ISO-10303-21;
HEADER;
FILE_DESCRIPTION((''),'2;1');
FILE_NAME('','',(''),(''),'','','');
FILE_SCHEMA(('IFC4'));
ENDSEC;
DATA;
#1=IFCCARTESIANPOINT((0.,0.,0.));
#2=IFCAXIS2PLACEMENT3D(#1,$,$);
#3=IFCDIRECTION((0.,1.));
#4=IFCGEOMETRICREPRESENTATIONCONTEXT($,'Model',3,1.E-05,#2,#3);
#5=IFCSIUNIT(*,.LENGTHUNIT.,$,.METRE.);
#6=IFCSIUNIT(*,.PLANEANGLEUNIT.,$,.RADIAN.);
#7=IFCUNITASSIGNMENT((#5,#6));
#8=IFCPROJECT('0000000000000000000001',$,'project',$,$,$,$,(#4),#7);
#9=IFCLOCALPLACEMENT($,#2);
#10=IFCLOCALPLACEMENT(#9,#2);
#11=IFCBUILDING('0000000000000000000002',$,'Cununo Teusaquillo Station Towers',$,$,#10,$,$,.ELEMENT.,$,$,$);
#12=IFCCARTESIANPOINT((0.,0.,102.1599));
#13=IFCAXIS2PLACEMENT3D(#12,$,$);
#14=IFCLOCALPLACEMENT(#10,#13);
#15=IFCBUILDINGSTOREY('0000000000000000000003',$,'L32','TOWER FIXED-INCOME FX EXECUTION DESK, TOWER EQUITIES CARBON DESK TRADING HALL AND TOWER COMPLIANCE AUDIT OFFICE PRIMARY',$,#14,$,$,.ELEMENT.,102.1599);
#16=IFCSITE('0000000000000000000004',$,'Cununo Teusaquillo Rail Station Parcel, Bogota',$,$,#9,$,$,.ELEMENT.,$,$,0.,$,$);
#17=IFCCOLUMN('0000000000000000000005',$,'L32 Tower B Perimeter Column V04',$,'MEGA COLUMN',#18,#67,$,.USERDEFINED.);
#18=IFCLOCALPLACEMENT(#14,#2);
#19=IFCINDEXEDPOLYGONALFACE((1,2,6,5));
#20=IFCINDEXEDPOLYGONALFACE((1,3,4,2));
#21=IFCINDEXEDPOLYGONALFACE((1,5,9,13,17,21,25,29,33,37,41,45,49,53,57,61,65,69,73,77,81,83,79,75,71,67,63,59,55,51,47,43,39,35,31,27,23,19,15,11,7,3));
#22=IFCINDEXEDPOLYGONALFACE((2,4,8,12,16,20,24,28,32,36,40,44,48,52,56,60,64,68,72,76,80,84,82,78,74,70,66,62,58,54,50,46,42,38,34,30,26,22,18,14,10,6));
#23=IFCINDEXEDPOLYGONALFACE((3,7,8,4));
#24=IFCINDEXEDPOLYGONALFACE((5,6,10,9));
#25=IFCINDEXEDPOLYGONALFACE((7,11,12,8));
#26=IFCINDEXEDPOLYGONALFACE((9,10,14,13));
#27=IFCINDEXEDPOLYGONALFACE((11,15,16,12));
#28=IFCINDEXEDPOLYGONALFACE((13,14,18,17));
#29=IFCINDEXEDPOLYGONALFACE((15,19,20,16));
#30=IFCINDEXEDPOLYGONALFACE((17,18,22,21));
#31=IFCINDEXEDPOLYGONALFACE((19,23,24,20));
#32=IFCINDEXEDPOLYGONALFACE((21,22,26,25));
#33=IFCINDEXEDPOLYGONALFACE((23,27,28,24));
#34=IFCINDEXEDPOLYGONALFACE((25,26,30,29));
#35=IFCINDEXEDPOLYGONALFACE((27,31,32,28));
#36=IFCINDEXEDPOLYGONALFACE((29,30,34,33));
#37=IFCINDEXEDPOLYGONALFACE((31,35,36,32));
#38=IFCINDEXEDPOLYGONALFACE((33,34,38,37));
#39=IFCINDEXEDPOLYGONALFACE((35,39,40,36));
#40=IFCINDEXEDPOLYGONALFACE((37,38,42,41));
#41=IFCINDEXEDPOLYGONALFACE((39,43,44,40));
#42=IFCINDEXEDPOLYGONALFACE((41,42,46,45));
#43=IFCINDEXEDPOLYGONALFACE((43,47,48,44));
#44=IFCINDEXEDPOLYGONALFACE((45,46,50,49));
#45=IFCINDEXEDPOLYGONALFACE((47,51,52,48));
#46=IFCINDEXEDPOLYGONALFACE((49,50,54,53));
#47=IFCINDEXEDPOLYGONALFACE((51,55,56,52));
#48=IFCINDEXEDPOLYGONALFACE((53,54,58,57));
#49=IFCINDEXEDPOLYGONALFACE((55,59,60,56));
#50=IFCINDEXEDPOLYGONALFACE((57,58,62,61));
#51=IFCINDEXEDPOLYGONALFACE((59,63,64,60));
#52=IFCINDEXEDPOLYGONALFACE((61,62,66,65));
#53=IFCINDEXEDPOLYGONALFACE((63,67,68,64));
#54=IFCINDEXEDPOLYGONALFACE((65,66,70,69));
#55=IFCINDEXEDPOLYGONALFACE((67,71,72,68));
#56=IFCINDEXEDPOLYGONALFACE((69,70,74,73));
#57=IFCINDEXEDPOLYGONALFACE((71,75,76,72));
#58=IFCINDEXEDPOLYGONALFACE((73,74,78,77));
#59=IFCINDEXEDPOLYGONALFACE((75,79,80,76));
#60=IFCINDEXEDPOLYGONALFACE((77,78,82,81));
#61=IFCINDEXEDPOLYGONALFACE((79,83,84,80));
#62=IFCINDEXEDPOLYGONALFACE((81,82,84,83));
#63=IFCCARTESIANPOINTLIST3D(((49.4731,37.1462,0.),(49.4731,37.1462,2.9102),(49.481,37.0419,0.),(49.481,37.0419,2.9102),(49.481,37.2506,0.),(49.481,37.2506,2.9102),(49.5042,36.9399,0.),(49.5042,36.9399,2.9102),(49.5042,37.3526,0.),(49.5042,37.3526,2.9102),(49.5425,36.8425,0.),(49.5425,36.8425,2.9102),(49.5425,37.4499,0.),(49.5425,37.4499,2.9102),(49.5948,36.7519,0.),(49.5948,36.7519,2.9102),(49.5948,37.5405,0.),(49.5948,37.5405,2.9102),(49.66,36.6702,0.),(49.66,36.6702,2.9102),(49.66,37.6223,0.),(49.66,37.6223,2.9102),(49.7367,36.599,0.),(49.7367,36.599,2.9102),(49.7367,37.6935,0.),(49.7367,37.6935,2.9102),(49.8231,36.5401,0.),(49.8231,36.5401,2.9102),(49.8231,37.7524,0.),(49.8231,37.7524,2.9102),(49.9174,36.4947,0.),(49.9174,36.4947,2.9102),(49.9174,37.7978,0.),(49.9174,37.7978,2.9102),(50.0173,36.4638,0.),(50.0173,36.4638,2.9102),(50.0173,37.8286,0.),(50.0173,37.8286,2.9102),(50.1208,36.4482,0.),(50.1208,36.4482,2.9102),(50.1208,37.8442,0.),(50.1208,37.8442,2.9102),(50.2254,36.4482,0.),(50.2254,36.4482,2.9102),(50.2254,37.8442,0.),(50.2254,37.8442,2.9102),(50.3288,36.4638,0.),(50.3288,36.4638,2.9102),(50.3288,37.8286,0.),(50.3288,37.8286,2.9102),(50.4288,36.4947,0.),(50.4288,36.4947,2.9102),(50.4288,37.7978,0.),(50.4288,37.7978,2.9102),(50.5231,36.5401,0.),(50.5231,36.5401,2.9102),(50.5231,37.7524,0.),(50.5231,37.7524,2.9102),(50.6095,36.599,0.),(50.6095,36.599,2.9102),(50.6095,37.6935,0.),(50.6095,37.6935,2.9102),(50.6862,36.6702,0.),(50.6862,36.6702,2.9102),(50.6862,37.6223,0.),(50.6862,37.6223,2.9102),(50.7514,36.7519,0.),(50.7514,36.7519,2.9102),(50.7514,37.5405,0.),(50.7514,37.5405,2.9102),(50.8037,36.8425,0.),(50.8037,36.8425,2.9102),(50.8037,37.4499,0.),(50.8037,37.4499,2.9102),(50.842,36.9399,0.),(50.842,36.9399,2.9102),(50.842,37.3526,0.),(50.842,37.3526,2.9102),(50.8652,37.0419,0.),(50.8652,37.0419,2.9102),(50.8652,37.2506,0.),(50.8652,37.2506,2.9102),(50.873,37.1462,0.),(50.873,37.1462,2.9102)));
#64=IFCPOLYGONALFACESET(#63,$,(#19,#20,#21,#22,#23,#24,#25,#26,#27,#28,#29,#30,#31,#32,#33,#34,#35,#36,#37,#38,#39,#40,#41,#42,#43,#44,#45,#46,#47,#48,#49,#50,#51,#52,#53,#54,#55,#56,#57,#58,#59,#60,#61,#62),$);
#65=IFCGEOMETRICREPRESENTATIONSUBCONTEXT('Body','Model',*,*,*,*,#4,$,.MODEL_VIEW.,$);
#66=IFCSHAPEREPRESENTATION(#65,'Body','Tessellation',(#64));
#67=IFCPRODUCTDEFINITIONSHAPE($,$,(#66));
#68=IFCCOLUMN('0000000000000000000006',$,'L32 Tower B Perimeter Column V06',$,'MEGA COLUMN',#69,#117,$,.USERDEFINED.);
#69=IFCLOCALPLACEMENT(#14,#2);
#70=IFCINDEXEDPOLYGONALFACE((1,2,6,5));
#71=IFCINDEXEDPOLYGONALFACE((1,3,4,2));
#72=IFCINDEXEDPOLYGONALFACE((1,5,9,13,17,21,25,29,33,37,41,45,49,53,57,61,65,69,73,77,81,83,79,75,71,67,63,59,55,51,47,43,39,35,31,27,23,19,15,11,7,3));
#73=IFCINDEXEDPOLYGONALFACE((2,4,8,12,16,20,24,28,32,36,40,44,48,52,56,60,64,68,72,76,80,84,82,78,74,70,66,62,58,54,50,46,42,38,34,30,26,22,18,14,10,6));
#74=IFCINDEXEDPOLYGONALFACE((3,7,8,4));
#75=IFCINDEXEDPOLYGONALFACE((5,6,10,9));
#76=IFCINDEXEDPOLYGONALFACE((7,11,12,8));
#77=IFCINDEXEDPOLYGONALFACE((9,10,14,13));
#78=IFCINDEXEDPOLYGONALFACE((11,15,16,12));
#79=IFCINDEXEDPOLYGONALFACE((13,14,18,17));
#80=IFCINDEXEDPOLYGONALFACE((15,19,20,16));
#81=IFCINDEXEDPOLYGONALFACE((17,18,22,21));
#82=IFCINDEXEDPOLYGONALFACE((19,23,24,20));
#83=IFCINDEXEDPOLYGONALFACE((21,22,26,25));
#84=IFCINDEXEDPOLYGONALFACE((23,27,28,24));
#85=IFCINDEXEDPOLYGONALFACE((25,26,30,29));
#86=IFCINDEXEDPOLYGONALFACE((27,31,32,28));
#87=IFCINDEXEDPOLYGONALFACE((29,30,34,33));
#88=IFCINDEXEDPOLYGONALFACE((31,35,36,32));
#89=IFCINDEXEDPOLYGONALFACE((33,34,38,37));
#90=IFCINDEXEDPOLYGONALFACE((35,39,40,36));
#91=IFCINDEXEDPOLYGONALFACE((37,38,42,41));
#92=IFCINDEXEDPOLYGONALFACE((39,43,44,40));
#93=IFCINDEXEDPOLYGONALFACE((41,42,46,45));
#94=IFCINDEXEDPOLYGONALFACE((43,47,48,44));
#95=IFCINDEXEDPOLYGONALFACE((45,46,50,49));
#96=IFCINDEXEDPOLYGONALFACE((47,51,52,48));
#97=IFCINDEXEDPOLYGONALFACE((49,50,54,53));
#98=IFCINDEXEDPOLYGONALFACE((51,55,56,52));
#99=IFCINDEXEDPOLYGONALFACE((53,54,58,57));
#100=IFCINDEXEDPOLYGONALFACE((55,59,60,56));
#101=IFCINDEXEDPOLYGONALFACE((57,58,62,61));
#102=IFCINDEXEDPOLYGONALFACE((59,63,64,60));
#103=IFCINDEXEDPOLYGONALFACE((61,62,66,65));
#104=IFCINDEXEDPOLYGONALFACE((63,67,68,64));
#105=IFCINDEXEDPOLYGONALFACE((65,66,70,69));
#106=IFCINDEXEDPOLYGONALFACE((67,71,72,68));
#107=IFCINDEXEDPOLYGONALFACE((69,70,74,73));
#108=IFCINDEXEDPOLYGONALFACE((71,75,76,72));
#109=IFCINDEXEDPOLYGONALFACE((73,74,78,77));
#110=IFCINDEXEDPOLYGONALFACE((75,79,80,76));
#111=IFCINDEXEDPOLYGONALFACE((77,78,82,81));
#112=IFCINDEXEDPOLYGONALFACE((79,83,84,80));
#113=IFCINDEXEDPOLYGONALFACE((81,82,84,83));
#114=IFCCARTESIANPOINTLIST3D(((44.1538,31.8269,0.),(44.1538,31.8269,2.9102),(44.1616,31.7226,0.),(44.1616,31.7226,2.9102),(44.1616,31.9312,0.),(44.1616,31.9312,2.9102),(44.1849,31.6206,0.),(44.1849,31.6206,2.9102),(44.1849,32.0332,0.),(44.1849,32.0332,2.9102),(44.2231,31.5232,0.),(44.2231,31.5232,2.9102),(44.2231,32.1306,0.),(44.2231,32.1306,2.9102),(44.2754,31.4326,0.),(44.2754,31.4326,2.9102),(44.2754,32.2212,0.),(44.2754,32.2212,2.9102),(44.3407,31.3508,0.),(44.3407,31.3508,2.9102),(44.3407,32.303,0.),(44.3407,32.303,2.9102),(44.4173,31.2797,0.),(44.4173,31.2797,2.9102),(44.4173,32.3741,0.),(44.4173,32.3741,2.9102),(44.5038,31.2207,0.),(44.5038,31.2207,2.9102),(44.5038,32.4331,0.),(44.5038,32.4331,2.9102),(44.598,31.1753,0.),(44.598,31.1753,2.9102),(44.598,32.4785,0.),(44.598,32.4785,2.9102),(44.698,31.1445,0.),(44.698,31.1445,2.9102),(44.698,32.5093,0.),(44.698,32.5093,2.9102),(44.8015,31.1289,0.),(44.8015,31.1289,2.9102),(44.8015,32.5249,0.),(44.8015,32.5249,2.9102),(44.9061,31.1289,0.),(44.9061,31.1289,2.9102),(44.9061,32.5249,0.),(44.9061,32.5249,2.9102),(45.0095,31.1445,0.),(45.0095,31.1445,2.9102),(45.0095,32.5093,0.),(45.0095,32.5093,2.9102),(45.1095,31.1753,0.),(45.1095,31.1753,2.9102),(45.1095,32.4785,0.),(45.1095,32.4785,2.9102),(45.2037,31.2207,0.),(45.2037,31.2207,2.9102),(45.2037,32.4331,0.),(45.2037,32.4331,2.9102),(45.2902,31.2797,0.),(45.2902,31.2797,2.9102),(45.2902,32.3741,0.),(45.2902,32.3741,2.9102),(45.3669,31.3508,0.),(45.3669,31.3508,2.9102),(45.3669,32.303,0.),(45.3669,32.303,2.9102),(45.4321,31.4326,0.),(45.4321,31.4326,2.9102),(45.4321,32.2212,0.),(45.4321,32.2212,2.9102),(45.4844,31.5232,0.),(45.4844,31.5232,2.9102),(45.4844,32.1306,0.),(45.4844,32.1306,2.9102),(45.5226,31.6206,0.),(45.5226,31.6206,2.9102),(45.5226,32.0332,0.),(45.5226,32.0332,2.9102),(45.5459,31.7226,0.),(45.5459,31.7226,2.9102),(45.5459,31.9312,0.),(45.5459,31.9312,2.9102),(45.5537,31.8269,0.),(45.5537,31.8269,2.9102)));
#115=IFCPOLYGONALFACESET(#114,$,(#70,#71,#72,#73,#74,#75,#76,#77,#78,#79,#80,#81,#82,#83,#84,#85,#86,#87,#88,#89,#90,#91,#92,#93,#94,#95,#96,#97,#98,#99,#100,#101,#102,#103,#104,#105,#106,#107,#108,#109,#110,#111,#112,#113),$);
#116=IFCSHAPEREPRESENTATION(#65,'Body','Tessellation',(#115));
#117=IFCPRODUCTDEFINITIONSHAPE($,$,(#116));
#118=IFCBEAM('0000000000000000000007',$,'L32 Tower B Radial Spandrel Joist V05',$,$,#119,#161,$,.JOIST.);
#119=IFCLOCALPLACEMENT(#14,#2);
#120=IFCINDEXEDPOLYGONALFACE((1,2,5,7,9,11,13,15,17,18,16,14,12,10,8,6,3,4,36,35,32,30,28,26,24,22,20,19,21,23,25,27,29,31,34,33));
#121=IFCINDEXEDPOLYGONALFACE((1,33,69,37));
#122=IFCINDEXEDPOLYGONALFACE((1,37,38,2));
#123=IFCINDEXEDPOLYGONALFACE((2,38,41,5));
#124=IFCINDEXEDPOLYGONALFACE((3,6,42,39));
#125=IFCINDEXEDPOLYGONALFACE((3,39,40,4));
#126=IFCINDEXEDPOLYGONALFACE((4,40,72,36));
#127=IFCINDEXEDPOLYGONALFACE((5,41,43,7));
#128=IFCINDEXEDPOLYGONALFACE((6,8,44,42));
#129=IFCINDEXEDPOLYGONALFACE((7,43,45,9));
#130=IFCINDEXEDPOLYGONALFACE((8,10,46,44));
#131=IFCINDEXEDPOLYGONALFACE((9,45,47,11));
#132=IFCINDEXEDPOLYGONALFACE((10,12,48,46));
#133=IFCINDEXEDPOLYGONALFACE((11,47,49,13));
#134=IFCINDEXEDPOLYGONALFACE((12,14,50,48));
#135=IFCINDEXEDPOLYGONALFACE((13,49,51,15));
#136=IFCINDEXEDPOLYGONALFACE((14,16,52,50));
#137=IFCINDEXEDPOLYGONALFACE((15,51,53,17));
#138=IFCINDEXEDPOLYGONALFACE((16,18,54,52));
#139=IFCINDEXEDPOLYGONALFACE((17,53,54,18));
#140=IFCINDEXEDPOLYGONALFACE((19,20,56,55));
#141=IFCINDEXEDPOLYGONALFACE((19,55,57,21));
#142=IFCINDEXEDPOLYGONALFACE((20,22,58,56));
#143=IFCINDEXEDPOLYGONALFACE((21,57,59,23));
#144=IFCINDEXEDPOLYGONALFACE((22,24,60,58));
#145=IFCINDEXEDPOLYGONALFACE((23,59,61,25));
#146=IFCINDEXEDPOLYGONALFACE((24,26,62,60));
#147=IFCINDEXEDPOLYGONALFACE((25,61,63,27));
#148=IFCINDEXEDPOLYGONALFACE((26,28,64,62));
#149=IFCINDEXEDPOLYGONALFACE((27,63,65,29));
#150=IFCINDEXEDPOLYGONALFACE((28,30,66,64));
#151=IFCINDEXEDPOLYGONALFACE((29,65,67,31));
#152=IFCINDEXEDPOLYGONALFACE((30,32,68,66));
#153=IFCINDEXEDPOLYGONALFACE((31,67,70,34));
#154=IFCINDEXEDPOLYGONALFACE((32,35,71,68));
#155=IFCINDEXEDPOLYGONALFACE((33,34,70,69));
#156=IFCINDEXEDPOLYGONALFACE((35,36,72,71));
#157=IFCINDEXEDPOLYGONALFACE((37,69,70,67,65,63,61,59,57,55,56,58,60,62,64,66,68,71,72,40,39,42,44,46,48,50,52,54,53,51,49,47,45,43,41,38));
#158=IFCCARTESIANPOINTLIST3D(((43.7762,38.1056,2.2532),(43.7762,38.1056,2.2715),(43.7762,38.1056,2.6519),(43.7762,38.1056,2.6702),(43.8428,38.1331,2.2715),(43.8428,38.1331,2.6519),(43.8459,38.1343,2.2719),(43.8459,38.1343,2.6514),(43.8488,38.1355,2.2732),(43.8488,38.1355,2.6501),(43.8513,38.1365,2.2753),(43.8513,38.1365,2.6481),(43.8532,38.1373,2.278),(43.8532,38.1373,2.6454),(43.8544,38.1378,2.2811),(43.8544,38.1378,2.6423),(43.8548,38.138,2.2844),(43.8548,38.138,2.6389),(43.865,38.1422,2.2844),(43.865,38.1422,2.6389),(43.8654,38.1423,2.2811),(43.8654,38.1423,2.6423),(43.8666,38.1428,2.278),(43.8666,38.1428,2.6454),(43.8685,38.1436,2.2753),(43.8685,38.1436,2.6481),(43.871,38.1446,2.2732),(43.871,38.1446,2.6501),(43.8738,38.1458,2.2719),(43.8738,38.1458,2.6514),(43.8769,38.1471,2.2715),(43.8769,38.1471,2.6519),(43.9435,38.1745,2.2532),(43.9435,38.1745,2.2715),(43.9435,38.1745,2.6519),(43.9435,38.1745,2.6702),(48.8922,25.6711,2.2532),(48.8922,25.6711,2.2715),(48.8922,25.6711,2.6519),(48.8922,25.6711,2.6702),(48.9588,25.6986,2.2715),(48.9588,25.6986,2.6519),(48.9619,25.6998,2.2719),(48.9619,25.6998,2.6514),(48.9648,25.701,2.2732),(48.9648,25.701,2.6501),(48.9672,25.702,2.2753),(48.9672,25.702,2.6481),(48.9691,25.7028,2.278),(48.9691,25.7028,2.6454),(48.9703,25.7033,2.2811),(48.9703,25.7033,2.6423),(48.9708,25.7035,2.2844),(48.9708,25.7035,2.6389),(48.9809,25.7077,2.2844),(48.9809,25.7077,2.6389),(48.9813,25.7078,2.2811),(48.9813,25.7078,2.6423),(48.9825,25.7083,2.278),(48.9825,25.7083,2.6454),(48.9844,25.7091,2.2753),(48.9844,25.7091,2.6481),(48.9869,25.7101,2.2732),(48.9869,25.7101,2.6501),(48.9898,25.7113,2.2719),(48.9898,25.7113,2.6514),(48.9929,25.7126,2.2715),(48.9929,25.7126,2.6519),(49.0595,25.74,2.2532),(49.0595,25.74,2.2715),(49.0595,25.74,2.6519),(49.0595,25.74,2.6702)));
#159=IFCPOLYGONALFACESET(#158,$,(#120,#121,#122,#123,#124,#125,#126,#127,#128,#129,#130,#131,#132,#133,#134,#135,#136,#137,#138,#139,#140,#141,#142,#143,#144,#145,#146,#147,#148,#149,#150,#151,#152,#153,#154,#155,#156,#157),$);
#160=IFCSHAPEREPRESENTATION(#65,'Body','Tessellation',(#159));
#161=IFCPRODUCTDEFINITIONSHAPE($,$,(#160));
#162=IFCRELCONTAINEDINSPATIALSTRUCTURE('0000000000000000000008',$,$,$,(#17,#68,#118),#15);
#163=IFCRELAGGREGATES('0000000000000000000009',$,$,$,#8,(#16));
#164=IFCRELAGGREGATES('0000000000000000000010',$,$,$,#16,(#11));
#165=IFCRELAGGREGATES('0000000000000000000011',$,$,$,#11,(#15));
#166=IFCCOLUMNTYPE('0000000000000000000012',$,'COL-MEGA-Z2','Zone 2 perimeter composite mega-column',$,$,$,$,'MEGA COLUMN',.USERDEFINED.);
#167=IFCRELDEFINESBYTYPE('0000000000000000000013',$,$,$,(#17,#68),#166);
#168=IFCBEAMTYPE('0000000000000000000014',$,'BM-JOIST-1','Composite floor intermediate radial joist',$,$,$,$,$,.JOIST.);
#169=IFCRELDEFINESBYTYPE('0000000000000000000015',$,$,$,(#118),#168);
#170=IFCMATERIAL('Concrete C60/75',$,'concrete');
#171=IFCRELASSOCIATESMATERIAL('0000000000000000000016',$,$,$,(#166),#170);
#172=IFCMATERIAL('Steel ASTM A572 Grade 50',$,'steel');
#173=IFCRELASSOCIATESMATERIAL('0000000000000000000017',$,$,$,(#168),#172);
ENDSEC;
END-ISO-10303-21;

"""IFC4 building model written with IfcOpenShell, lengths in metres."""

from ifc_helpers import new_model, si_unit, direction, frame, origin, origin_2d, place, context, subcontext, project, spatial, circle, i_section, extrude, material, material_profile, profile_set, type_object, element, save


model = new_model("IFC4")

# Units and contexts
model_context = context("Model", 3, precision=1e-05, world=origin(), true_north=direction((0.0, 1.0)))
body_context = subcontext(model_context, "Body", "Model", "MODEL_VIEW")
ifc_project = project(units=[si_unit("LENGTHUNIT", "METRE"), si_unit("PLANEANGLEUNIT", "RADIAN")], contexts=[model_context])

# Site, building, storey
site_placement = place(None, origin())
site = spatial("IfcSite", under=ifc_project, at=site_placement, Name="Cununo Teusaquillo Rail Station Parcel, Bogota", CompositionType="ELEMENT", RefElevation=0.0)
building_placement = place(site_placement, origin())
building = spatial("IfcBuilding", under=site, at=building_placement, Name="Cununo Teusaquillo Station Towers", CompositionType="ELEMENT")
storey_placement = place(building_placement, frame((0.0, 0.0, 102.1599)))
storey = spatial("IfcBuildingStorey", under=building, at=storey_placement, Name="L32", Description="TOWER FIXED-INCOME FX EXECUTION DESK, TOWER EQUITIES CARBON DESK TRADING HALL AND TOWER COMPLIANCE AUDIT OFFICE PRIMARY", CompositionType="ELEMENT", Elevation=102.1599)

# Columns
ifc_material_1 = material(Name="Concrete C60/75", Category="concrete")
ifc_material_profile_1 = material_profile(ifc_material_1, circle(Radius=0.7, at=origin_2d()), Name="RC-CIRC-1400")
ifc_profile_set_1 = profile_set([ifc_material_profile_1], Name="Concrete C60/75")
column_type = type_object("IfcColumnType", Name="COL-MEGA-Z2", Description="Zone 2 perimeter composite mega-column", ElementType="MEGA COLUMN", PredefinedType="USERDEFINED", material=ifc_profile_set_1)
for number, where, z_axis, x_axis, name in (
    (1, (50.1731, 37.1462, 0.0), (0.0, 0.0, 1.0), (1.0, 0.0, 0.0), "L32 Tower B Perimeter Column V04"),
    (2, (44.8538, 31.8269, 0.0), (0.0, 0.0, 1.0), (1.0, 0.0, 0.0), "L32 Tower B Perimeter Column V06"),
):
    element("IfcColumn", number, at=place(storey_placement, frame(where, z_axis=z_axis, x_axis=x_axis)), inside=storey, type_object=column_type, Name=name, ObjectType="MEGA COLUMN", PredefinedType="USERDEFINED", context=body_context, shape_type="SweptSolid", body=[
        extrude(circle(Radius=0.7, at=origin_2d()), origin(), (0.0, 0.0, 1.0), 2.9102),
    ])

# Beam
ifc_material_2 = material(Name="Steel ASTM A572 Grade 50", Category="steel")
ifc_material_profile_2 = material_profile(ifc_material_2, i_section(OverallWidth=0.1809, OverallDepth=0.417, WebThickness=0.011, FlangeThickness=0.0183, FilletRadius=0.0129, at=origin_2d()), Name="W16X57")
ifc_profile_set_2 = profile_set([ifc_material_profile_2], Name="Steel ASTM A572 Grade 50")
beam_type_1 = type_object("IfcBeamType", Name="BM-JOIST-1", Description="Composite floor intermediate radial joist", PredefinedType="JOIST", material=ifc_profile_set_2)
beam_1_placement = place(storey_placement, frame((48.9758, 25.7056, 2.4617), z_axis=(-0.380486, 0.924787, 0.0), x_axis=(-0.924787, -0.380486, 0.0)))
element("IfcBeam", 3, at=beam_1_placement, inside=storey, type_object=beam_type_1, Name="L32 Tower B Radial Spandrel Joist V05", PredefinedType="JOIST", context=body_context, shape_type="SweptSolid", body=[
    extrude(i_section(OverallWidth=0.1809, OverallDepth=0.417, WebThickness=0.011, FlangeThickness=0.0183, FilletRadius=0.0129, at=origin_2d()), origin(), (0.0, 0.0, 1.0), 13.4458),
])

save(model, "model.ifc")
